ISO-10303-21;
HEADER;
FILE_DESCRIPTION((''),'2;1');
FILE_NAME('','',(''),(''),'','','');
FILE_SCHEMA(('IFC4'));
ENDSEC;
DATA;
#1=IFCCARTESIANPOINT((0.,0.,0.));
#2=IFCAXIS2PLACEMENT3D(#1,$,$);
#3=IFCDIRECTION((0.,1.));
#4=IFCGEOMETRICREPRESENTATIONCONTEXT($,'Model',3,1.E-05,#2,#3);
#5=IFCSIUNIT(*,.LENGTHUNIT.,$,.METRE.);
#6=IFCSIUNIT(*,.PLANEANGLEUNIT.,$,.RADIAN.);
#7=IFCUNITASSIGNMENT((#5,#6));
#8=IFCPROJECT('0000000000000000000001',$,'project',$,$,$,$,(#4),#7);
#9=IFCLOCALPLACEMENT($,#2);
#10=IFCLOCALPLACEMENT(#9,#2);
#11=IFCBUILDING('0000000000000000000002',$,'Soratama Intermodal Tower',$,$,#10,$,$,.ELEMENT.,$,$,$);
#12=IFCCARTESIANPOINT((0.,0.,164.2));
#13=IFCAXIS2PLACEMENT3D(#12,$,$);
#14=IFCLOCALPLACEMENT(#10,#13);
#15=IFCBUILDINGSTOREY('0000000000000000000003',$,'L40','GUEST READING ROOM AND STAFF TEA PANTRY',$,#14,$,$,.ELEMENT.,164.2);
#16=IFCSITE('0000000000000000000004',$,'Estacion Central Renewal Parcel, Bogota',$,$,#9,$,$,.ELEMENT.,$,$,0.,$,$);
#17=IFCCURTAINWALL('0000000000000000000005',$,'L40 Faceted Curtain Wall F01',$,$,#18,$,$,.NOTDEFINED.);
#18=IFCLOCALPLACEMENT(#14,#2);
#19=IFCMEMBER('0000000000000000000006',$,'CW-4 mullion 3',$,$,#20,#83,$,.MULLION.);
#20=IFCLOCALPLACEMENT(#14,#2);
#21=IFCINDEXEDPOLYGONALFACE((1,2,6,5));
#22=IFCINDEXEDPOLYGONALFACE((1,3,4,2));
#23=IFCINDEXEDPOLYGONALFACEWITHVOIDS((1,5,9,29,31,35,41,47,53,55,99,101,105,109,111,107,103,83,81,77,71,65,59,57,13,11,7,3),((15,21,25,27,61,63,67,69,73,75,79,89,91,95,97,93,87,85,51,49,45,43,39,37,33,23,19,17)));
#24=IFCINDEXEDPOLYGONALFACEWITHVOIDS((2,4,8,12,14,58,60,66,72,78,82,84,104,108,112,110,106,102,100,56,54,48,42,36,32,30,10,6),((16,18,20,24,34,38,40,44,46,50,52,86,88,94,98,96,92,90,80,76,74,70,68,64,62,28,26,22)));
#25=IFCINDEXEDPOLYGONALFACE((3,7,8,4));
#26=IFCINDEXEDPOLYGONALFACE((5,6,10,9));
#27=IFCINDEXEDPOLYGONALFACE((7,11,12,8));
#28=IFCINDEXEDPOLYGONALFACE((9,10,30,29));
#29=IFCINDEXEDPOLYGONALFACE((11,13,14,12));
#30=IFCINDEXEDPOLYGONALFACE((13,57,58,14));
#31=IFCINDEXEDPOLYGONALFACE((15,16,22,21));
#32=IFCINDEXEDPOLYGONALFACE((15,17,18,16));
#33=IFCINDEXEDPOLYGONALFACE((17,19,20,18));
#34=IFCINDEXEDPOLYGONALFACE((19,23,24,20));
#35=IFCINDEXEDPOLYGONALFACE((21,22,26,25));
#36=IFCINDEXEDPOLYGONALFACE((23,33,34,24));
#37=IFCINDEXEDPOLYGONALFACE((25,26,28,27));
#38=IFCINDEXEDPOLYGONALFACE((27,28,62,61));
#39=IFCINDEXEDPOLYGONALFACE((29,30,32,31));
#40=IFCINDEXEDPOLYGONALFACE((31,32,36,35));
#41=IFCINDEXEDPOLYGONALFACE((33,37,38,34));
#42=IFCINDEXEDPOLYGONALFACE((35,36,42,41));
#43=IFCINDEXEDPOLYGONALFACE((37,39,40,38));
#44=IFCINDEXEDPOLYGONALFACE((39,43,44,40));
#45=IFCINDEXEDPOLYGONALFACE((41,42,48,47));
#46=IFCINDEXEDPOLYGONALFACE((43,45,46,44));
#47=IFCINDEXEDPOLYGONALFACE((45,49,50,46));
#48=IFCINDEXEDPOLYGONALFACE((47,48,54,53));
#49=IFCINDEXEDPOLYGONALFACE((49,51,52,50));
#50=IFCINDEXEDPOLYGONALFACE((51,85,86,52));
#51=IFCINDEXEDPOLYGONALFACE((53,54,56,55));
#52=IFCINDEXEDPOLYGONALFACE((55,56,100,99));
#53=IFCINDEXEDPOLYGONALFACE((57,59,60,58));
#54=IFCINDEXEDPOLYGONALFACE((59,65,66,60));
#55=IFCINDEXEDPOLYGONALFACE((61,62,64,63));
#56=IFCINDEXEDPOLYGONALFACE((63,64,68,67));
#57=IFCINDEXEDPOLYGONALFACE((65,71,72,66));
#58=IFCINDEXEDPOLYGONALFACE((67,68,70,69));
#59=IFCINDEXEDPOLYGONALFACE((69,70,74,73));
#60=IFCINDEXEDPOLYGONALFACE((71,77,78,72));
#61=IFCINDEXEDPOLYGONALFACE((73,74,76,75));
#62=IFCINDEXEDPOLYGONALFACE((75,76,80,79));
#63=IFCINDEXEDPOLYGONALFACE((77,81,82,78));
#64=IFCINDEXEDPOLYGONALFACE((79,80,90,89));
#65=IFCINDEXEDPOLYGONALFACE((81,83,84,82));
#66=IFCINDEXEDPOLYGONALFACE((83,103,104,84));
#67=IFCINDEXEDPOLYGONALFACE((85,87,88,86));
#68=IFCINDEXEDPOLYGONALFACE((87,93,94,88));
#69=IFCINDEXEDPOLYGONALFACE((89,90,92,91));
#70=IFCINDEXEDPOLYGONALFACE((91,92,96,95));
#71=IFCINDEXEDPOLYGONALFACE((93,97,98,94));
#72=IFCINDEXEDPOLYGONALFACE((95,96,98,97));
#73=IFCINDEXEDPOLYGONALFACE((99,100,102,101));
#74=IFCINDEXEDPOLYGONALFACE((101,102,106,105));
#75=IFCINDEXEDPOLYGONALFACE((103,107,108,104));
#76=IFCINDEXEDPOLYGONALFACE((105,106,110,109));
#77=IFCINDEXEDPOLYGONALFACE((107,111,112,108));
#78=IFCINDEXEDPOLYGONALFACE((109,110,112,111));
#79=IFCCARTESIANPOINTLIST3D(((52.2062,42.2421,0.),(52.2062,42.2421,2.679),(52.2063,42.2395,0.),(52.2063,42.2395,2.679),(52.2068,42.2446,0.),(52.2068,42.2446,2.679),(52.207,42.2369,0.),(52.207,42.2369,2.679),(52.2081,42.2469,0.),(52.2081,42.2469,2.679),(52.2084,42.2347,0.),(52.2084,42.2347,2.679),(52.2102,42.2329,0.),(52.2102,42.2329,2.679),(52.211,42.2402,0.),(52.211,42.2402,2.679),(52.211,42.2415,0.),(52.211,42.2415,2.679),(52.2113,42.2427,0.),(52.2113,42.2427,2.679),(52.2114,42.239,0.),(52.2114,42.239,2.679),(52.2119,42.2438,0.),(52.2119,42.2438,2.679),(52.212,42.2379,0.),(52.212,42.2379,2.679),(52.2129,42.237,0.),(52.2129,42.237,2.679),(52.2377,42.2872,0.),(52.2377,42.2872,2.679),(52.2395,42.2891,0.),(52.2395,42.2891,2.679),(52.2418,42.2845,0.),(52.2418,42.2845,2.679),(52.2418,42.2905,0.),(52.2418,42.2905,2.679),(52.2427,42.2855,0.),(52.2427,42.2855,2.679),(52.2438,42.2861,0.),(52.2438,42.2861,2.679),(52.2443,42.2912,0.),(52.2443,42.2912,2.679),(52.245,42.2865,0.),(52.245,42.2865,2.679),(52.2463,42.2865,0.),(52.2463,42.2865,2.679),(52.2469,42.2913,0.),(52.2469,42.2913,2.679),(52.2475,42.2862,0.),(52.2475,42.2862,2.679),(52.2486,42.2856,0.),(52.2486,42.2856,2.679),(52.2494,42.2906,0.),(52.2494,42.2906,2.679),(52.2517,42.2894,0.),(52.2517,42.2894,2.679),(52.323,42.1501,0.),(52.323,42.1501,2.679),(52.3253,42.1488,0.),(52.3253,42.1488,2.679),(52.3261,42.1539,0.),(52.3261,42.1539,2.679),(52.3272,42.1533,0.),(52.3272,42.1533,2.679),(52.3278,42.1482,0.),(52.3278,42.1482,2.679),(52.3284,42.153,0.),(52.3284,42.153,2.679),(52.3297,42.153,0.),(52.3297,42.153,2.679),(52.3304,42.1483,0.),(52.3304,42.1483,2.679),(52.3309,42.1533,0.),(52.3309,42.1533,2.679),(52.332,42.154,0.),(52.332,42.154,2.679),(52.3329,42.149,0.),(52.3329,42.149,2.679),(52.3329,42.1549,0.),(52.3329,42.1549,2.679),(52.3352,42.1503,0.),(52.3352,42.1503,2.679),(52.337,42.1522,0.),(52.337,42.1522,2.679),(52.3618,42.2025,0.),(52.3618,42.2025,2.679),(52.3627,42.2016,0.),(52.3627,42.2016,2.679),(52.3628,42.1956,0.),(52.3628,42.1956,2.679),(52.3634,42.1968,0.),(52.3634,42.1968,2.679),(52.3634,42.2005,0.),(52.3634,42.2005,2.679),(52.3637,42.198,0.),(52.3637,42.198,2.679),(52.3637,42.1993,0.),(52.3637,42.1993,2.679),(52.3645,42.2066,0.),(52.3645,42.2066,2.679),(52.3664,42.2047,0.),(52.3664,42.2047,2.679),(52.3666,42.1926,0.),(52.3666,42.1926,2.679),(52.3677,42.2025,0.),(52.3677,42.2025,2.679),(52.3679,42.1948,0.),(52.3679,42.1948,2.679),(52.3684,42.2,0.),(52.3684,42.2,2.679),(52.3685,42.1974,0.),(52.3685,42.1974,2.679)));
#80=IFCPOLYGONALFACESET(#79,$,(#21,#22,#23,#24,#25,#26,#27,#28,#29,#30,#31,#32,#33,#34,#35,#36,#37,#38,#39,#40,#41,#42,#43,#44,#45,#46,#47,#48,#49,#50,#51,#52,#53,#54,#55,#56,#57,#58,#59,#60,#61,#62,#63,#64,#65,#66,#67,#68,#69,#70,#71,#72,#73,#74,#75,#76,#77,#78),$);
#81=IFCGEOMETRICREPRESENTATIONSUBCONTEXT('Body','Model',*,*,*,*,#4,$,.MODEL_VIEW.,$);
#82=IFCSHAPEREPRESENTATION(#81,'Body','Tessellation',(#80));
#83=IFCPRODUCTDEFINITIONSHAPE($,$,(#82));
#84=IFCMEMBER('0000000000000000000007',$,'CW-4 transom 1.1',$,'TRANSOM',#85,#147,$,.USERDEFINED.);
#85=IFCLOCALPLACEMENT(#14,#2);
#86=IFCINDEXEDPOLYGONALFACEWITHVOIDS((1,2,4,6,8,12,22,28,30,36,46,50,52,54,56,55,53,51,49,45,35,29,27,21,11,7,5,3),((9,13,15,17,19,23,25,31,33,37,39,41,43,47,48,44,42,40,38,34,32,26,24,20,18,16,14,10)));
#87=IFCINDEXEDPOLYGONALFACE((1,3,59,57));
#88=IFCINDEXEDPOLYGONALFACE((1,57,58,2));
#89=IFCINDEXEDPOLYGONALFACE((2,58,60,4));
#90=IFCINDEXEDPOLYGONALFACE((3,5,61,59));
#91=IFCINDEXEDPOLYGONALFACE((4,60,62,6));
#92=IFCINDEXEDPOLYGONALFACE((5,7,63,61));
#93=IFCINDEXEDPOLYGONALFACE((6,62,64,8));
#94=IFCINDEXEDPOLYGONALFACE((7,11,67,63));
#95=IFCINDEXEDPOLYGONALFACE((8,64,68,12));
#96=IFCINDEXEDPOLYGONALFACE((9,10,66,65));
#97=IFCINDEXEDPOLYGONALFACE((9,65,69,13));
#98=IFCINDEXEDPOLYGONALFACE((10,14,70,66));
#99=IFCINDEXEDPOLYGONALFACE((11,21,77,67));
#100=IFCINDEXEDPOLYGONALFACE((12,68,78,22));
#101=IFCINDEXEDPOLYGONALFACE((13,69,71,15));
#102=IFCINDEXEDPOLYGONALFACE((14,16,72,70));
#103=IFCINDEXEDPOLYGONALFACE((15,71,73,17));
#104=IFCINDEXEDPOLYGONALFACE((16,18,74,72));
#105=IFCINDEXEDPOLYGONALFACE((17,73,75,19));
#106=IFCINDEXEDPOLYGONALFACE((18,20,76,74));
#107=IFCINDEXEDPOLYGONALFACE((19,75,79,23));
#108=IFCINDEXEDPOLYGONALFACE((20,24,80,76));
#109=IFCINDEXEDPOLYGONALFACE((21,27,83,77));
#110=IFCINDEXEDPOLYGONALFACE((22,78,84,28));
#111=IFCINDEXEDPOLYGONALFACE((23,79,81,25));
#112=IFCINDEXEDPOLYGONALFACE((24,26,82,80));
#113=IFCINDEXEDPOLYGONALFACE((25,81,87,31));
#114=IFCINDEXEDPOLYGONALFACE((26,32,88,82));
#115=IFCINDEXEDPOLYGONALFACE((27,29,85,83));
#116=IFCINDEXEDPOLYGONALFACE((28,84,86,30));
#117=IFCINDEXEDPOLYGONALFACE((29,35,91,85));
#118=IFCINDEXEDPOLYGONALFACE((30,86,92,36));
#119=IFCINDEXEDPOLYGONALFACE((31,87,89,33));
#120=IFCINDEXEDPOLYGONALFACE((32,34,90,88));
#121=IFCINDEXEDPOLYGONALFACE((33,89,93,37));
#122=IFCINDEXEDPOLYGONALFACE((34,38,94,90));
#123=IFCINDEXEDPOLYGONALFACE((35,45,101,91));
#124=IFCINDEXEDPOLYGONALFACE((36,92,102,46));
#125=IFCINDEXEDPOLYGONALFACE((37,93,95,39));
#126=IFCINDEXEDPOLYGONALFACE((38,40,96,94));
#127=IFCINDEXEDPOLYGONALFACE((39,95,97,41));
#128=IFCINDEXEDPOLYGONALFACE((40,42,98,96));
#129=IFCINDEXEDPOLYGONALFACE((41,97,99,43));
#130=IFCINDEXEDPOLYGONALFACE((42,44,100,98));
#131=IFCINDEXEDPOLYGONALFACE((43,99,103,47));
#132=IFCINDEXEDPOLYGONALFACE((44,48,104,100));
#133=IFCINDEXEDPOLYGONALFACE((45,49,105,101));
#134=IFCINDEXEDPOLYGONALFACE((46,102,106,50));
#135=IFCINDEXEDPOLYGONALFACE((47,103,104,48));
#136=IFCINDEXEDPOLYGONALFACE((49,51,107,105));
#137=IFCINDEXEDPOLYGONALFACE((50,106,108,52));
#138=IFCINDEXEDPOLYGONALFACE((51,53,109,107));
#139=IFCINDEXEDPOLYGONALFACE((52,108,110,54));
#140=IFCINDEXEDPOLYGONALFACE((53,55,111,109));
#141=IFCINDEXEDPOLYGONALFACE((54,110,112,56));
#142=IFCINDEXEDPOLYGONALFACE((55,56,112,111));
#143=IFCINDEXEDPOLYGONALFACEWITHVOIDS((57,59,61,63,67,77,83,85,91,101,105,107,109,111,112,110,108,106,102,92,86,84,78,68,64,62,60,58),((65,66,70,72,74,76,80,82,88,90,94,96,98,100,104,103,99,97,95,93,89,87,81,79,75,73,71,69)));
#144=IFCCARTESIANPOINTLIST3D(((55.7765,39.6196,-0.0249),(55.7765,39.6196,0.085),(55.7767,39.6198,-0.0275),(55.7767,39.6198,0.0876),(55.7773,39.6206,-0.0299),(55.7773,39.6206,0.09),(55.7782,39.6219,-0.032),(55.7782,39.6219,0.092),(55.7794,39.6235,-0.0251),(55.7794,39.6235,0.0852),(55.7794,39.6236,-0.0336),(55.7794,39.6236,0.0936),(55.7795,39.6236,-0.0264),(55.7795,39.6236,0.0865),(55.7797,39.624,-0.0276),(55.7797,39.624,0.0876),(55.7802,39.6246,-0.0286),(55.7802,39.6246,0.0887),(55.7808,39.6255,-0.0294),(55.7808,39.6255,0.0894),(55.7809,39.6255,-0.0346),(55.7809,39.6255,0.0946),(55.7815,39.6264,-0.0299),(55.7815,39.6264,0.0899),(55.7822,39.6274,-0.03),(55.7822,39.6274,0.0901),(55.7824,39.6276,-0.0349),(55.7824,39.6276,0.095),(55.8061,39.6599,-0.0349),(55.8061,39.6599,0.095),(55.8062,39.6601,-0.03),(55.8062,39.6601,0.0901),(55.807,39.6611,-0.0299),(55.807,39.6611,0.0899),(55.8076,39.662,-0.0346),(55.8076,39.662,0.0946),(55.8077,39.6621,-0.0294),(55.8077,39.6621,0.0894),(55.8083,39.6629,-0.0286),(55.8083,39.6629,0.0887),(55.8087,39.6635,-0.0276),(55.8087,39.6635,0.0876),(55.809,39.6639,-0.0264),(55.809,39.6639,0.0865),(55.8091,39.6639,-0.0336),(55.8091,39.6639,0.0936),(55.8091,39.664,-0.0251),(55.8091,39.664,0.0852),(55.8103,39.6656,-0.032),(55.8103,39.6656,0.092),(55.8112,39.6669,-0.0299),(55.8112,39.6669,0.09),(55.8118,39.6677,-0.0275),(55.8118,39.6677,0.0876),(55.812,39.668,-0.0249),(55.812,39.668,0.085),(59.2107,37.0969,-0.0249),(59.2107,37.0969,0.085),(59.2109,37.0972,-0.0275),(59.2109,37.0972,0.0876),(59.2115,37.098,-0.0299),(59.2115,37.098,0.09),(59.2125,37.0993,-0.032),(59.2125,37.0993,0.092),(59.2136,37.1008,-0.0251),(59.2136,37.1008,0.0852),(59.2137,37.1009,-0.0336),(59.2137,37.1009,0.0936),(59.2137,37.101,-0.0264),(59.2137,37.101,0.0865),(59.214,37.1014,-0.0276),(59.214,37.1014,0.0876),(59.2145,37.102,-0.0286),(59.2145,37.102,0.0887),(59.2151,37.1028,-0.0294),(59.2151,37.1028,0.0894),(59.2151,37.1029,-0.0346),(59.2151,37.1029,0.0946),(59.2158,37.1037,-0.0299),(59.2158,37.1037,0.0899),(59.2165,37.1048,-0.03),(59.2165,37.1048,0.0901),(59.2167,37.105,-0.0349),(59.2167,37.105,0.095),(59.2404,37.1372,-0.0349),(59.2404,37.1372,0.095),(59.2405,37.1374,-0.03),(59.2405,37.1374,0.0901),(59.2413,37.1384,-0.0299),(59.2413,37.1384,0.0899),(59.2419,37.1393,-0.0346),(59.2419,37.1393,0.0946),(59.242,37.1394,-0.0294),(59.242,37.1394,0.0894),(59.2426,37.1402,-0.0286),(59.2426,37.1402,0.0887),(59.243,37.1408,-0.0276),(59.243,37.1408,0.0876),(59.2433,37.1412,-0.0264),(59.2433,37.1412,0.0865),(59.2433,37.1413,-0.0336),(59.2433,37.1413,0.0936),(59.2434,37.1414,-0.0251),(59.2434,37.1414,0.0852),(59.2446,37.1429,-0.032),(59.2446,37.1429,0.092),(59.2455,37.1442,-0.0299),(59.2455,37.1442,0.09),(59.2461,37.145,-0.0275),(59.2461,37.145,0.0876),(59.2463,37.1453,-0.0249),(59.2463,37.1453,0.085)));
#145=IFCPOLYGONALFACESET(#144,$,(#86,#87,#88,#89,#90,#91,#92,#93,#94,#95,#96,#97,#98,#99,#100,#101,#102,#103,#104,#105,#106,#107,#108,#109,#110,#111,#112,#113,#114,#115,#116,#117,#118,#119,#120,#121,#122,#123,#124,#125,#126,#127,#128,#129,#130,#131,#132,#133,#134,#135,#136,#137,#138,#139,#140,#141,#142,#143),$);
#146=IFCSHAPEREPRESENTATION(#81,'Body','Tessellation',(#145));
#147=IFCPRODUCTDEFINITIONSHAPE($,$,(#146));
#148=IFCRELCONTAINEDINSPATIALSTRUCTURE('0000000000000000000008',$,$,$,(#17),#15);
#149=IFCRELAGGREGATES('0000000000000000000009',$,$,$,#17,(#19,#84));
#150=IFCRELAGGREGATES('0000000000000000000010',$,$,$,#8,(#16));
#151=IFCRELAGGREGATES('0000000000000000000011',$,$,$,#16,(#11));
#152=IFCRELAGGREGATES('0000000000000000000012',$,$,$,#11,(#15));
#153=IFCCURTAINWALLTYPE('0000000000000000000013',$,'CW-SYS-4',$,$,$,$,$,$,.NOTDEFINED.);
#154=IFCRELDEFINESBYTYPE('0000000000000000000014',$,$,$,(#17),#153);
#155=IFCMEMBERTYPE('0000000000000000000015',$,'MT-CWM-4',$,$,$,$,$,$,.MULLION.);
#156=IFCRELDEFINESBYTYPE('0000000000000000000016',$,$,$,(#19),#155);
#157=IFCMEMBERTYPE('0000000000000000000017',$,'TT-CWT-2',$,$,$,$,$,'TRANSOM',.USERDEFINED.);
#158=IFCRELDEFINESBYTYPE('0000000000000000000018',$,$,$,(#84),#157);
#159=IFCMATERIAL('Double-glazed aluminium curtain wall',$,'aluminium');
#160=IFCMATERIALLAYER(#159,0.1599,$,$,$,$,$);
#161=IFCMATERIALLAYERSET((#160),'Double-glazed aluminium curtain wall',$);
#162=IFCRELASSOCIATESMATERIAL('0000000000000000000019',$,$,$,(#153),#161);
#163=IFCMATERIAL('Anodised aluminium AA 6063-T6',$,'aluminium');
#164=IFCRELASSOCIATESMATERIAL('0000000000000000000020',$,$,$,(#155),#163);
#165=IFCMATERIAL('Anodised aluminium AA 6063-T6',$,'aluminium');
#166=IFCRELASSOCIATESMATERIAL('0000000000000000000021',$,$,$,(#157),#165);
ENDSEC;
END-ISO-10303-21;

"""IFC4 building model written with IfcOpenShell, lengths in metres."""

from ifc_helpers import new_model, si_unit, direction, frame, origin, origin_2d, place, context, subcontext, project, spatial, hollow_rectangle, extrude, material, layer, layer_set, material_profile, profile_set, type_object, element, aggregate, save


model = new_model("IFC4")

# Units and contexts
model_context = context("Model", 3, precision=1e-05, world=origin(), true_north=direction((0.0, 1.0)))
body_context = subcontext(model_context, "Body", "Model", "MODEL_VIEW")
ifc_project = project(units=[si_unit("LENGTHUNIT", "METRE"), si_unit("PLANEANGLEUNIT", "RADIAN")], contexts=[model_context])

# Site, building, storey
site_placement = place(None, origin())
site = spatial("IfcSite", under=ifc_project, at=site_placement, Name="Estacion Central Renewal Parcel, Bogota", CompositionType="ELEMENT", RefElevation=0.0)
building_placement = place(site_placement, origin())
building = spatial("IfcBuilding", under=site, at=building_placement, Name="Soratama Intermodal Tower", CompositionType="ELEMENT")
storey_placement = place(building_placement, frame((0.0, 0.0, 164.2)))
storey = spatial("IfcBuildingStorey", under=building, at=storey_placement, Name="L40", Description="GUEST READING ROOM AND STAFF TEA PANTRY", CompositionType="ELEMENT", Elevation=164.2)

# Curtain wall, members
ifc_material_1 = material(Name="Double-glazed aluminium curtain wall", Category="aluminium")
ifc_layer_1 = layer(ifc_material_1, 0.1599)
ifc_layer_set_1 = layer_set([ifc_layer_1], Name="Double-glazed aluminium curtain wall")
curtain_wall_type = type_object("IfcCurtainWallType", Name="CW-SYS-4", PredefinedType="NOTDEFINED", material=ifc_layer_set_1)
curtain_wall_placement = place(storey_placement, origin())
curtain_wall = element("IfcCurtainWall", 1, at=curtain_wall_placement, inside=storey, type_object=curtain_wall_type, Name="L40 Faceted Curtain Wall F01", PredefinedType="NOTDEFINED")
ifc_material_2 = material(Name="Anodised aluminium AA 6063-T6", Category="aluminium")
ifc_material_profile_1 = material_profile(ifc_material_2, hollow_rectangle(XDim=0.0701, YDim=0.1599, WallThickness=0.0049, InnerFilletRadius=0.0049, OuterFilletRadius=0.01, at=origin_2d()), Name="CWM160X70X5")
ifc_profile_set_1 = profile_set([ifc_material_profile_1], Name="Anodised aluminium AA 6063-T6")
member_type_1 = type_object("IfcMemberType", Name="MT-CWM-4", PredefinedType="MULLION", material=ifc_profile_set_1)
member_1_placement = place(storey_placement, frame((52.2874, 42.2197, 0.0), z_axis=(0.0, 0.0, 1.0), x_axis=(-0.592015, -0.805927, 0.0)))
member_1 = element("IfcMember", 2, at=member_1_placement, type_object=member_type_1, Name="CW-4 mullion 3", PredefinedType="MULLION", context=body_context, shape_type="SweptSolid", body=[
    extrude(hollow_rectangle(XDim=0.0701, YDim=0.1599, WallThickness=0.0049, InnerFilletRadius=0.0049, OuterFilletRadius=0.01, at=origin_2d()), origin(), (0.0, 0.0, 1.0), 2.679),
])
ifc_material_3 = material(Name="Anodised aluminium AA 6063-T6", Category="aluminium")
ifc_material_profile_2 = material_profile(ifc_material_3, hollow_rectangle(XDim=0.0601, YDim=0.1299, WallThickness=0.0049, InnerFilletRadius=0.0049, OuterFilletRadius=0.01, at=origin_2d()), Name="CWT130X60X5")
ifc_profile_set_2 = profile_set([ifc_material_profile_2], Name="Anodised aluminium AA 6063-T6")
member_type_2 = type_object("IfcMemberType", Name="TT-CWT-2", ElementType="TRANSOM", PredefinedType="USERDEFINED", material=ifc_profile_set_2)
member_2_placement = place(storey_placement, frame((59.2285, 37.1211, 0.03), z_axis=(-0.805935, 0.592004, 0.0), x_axis=(-0.592004, -0.805935, 0.0)))
member_2 = element("IfcMember", 3, at=member_2_placement, type_object=member_type_2, Name="CW-4 transom 1.1", ObjectType="TRANSOM", PredefinedType="USERDEFINED", context=body_context, shape_type="SweptSolid", body=[
    extrude(hollow_rectangle(XDim=0.0601, YDim=0.1299, WallThickness=0.0049, InnerFilletRadius=0.0049, OuterFilletRadius=0.01, at=origin_2d()), origin(), (0.0, 0.0, 1.0), 4.2612),
])
aggregate(curtain_wall, [member_1, member_2])

save(model, "model.ifc")
